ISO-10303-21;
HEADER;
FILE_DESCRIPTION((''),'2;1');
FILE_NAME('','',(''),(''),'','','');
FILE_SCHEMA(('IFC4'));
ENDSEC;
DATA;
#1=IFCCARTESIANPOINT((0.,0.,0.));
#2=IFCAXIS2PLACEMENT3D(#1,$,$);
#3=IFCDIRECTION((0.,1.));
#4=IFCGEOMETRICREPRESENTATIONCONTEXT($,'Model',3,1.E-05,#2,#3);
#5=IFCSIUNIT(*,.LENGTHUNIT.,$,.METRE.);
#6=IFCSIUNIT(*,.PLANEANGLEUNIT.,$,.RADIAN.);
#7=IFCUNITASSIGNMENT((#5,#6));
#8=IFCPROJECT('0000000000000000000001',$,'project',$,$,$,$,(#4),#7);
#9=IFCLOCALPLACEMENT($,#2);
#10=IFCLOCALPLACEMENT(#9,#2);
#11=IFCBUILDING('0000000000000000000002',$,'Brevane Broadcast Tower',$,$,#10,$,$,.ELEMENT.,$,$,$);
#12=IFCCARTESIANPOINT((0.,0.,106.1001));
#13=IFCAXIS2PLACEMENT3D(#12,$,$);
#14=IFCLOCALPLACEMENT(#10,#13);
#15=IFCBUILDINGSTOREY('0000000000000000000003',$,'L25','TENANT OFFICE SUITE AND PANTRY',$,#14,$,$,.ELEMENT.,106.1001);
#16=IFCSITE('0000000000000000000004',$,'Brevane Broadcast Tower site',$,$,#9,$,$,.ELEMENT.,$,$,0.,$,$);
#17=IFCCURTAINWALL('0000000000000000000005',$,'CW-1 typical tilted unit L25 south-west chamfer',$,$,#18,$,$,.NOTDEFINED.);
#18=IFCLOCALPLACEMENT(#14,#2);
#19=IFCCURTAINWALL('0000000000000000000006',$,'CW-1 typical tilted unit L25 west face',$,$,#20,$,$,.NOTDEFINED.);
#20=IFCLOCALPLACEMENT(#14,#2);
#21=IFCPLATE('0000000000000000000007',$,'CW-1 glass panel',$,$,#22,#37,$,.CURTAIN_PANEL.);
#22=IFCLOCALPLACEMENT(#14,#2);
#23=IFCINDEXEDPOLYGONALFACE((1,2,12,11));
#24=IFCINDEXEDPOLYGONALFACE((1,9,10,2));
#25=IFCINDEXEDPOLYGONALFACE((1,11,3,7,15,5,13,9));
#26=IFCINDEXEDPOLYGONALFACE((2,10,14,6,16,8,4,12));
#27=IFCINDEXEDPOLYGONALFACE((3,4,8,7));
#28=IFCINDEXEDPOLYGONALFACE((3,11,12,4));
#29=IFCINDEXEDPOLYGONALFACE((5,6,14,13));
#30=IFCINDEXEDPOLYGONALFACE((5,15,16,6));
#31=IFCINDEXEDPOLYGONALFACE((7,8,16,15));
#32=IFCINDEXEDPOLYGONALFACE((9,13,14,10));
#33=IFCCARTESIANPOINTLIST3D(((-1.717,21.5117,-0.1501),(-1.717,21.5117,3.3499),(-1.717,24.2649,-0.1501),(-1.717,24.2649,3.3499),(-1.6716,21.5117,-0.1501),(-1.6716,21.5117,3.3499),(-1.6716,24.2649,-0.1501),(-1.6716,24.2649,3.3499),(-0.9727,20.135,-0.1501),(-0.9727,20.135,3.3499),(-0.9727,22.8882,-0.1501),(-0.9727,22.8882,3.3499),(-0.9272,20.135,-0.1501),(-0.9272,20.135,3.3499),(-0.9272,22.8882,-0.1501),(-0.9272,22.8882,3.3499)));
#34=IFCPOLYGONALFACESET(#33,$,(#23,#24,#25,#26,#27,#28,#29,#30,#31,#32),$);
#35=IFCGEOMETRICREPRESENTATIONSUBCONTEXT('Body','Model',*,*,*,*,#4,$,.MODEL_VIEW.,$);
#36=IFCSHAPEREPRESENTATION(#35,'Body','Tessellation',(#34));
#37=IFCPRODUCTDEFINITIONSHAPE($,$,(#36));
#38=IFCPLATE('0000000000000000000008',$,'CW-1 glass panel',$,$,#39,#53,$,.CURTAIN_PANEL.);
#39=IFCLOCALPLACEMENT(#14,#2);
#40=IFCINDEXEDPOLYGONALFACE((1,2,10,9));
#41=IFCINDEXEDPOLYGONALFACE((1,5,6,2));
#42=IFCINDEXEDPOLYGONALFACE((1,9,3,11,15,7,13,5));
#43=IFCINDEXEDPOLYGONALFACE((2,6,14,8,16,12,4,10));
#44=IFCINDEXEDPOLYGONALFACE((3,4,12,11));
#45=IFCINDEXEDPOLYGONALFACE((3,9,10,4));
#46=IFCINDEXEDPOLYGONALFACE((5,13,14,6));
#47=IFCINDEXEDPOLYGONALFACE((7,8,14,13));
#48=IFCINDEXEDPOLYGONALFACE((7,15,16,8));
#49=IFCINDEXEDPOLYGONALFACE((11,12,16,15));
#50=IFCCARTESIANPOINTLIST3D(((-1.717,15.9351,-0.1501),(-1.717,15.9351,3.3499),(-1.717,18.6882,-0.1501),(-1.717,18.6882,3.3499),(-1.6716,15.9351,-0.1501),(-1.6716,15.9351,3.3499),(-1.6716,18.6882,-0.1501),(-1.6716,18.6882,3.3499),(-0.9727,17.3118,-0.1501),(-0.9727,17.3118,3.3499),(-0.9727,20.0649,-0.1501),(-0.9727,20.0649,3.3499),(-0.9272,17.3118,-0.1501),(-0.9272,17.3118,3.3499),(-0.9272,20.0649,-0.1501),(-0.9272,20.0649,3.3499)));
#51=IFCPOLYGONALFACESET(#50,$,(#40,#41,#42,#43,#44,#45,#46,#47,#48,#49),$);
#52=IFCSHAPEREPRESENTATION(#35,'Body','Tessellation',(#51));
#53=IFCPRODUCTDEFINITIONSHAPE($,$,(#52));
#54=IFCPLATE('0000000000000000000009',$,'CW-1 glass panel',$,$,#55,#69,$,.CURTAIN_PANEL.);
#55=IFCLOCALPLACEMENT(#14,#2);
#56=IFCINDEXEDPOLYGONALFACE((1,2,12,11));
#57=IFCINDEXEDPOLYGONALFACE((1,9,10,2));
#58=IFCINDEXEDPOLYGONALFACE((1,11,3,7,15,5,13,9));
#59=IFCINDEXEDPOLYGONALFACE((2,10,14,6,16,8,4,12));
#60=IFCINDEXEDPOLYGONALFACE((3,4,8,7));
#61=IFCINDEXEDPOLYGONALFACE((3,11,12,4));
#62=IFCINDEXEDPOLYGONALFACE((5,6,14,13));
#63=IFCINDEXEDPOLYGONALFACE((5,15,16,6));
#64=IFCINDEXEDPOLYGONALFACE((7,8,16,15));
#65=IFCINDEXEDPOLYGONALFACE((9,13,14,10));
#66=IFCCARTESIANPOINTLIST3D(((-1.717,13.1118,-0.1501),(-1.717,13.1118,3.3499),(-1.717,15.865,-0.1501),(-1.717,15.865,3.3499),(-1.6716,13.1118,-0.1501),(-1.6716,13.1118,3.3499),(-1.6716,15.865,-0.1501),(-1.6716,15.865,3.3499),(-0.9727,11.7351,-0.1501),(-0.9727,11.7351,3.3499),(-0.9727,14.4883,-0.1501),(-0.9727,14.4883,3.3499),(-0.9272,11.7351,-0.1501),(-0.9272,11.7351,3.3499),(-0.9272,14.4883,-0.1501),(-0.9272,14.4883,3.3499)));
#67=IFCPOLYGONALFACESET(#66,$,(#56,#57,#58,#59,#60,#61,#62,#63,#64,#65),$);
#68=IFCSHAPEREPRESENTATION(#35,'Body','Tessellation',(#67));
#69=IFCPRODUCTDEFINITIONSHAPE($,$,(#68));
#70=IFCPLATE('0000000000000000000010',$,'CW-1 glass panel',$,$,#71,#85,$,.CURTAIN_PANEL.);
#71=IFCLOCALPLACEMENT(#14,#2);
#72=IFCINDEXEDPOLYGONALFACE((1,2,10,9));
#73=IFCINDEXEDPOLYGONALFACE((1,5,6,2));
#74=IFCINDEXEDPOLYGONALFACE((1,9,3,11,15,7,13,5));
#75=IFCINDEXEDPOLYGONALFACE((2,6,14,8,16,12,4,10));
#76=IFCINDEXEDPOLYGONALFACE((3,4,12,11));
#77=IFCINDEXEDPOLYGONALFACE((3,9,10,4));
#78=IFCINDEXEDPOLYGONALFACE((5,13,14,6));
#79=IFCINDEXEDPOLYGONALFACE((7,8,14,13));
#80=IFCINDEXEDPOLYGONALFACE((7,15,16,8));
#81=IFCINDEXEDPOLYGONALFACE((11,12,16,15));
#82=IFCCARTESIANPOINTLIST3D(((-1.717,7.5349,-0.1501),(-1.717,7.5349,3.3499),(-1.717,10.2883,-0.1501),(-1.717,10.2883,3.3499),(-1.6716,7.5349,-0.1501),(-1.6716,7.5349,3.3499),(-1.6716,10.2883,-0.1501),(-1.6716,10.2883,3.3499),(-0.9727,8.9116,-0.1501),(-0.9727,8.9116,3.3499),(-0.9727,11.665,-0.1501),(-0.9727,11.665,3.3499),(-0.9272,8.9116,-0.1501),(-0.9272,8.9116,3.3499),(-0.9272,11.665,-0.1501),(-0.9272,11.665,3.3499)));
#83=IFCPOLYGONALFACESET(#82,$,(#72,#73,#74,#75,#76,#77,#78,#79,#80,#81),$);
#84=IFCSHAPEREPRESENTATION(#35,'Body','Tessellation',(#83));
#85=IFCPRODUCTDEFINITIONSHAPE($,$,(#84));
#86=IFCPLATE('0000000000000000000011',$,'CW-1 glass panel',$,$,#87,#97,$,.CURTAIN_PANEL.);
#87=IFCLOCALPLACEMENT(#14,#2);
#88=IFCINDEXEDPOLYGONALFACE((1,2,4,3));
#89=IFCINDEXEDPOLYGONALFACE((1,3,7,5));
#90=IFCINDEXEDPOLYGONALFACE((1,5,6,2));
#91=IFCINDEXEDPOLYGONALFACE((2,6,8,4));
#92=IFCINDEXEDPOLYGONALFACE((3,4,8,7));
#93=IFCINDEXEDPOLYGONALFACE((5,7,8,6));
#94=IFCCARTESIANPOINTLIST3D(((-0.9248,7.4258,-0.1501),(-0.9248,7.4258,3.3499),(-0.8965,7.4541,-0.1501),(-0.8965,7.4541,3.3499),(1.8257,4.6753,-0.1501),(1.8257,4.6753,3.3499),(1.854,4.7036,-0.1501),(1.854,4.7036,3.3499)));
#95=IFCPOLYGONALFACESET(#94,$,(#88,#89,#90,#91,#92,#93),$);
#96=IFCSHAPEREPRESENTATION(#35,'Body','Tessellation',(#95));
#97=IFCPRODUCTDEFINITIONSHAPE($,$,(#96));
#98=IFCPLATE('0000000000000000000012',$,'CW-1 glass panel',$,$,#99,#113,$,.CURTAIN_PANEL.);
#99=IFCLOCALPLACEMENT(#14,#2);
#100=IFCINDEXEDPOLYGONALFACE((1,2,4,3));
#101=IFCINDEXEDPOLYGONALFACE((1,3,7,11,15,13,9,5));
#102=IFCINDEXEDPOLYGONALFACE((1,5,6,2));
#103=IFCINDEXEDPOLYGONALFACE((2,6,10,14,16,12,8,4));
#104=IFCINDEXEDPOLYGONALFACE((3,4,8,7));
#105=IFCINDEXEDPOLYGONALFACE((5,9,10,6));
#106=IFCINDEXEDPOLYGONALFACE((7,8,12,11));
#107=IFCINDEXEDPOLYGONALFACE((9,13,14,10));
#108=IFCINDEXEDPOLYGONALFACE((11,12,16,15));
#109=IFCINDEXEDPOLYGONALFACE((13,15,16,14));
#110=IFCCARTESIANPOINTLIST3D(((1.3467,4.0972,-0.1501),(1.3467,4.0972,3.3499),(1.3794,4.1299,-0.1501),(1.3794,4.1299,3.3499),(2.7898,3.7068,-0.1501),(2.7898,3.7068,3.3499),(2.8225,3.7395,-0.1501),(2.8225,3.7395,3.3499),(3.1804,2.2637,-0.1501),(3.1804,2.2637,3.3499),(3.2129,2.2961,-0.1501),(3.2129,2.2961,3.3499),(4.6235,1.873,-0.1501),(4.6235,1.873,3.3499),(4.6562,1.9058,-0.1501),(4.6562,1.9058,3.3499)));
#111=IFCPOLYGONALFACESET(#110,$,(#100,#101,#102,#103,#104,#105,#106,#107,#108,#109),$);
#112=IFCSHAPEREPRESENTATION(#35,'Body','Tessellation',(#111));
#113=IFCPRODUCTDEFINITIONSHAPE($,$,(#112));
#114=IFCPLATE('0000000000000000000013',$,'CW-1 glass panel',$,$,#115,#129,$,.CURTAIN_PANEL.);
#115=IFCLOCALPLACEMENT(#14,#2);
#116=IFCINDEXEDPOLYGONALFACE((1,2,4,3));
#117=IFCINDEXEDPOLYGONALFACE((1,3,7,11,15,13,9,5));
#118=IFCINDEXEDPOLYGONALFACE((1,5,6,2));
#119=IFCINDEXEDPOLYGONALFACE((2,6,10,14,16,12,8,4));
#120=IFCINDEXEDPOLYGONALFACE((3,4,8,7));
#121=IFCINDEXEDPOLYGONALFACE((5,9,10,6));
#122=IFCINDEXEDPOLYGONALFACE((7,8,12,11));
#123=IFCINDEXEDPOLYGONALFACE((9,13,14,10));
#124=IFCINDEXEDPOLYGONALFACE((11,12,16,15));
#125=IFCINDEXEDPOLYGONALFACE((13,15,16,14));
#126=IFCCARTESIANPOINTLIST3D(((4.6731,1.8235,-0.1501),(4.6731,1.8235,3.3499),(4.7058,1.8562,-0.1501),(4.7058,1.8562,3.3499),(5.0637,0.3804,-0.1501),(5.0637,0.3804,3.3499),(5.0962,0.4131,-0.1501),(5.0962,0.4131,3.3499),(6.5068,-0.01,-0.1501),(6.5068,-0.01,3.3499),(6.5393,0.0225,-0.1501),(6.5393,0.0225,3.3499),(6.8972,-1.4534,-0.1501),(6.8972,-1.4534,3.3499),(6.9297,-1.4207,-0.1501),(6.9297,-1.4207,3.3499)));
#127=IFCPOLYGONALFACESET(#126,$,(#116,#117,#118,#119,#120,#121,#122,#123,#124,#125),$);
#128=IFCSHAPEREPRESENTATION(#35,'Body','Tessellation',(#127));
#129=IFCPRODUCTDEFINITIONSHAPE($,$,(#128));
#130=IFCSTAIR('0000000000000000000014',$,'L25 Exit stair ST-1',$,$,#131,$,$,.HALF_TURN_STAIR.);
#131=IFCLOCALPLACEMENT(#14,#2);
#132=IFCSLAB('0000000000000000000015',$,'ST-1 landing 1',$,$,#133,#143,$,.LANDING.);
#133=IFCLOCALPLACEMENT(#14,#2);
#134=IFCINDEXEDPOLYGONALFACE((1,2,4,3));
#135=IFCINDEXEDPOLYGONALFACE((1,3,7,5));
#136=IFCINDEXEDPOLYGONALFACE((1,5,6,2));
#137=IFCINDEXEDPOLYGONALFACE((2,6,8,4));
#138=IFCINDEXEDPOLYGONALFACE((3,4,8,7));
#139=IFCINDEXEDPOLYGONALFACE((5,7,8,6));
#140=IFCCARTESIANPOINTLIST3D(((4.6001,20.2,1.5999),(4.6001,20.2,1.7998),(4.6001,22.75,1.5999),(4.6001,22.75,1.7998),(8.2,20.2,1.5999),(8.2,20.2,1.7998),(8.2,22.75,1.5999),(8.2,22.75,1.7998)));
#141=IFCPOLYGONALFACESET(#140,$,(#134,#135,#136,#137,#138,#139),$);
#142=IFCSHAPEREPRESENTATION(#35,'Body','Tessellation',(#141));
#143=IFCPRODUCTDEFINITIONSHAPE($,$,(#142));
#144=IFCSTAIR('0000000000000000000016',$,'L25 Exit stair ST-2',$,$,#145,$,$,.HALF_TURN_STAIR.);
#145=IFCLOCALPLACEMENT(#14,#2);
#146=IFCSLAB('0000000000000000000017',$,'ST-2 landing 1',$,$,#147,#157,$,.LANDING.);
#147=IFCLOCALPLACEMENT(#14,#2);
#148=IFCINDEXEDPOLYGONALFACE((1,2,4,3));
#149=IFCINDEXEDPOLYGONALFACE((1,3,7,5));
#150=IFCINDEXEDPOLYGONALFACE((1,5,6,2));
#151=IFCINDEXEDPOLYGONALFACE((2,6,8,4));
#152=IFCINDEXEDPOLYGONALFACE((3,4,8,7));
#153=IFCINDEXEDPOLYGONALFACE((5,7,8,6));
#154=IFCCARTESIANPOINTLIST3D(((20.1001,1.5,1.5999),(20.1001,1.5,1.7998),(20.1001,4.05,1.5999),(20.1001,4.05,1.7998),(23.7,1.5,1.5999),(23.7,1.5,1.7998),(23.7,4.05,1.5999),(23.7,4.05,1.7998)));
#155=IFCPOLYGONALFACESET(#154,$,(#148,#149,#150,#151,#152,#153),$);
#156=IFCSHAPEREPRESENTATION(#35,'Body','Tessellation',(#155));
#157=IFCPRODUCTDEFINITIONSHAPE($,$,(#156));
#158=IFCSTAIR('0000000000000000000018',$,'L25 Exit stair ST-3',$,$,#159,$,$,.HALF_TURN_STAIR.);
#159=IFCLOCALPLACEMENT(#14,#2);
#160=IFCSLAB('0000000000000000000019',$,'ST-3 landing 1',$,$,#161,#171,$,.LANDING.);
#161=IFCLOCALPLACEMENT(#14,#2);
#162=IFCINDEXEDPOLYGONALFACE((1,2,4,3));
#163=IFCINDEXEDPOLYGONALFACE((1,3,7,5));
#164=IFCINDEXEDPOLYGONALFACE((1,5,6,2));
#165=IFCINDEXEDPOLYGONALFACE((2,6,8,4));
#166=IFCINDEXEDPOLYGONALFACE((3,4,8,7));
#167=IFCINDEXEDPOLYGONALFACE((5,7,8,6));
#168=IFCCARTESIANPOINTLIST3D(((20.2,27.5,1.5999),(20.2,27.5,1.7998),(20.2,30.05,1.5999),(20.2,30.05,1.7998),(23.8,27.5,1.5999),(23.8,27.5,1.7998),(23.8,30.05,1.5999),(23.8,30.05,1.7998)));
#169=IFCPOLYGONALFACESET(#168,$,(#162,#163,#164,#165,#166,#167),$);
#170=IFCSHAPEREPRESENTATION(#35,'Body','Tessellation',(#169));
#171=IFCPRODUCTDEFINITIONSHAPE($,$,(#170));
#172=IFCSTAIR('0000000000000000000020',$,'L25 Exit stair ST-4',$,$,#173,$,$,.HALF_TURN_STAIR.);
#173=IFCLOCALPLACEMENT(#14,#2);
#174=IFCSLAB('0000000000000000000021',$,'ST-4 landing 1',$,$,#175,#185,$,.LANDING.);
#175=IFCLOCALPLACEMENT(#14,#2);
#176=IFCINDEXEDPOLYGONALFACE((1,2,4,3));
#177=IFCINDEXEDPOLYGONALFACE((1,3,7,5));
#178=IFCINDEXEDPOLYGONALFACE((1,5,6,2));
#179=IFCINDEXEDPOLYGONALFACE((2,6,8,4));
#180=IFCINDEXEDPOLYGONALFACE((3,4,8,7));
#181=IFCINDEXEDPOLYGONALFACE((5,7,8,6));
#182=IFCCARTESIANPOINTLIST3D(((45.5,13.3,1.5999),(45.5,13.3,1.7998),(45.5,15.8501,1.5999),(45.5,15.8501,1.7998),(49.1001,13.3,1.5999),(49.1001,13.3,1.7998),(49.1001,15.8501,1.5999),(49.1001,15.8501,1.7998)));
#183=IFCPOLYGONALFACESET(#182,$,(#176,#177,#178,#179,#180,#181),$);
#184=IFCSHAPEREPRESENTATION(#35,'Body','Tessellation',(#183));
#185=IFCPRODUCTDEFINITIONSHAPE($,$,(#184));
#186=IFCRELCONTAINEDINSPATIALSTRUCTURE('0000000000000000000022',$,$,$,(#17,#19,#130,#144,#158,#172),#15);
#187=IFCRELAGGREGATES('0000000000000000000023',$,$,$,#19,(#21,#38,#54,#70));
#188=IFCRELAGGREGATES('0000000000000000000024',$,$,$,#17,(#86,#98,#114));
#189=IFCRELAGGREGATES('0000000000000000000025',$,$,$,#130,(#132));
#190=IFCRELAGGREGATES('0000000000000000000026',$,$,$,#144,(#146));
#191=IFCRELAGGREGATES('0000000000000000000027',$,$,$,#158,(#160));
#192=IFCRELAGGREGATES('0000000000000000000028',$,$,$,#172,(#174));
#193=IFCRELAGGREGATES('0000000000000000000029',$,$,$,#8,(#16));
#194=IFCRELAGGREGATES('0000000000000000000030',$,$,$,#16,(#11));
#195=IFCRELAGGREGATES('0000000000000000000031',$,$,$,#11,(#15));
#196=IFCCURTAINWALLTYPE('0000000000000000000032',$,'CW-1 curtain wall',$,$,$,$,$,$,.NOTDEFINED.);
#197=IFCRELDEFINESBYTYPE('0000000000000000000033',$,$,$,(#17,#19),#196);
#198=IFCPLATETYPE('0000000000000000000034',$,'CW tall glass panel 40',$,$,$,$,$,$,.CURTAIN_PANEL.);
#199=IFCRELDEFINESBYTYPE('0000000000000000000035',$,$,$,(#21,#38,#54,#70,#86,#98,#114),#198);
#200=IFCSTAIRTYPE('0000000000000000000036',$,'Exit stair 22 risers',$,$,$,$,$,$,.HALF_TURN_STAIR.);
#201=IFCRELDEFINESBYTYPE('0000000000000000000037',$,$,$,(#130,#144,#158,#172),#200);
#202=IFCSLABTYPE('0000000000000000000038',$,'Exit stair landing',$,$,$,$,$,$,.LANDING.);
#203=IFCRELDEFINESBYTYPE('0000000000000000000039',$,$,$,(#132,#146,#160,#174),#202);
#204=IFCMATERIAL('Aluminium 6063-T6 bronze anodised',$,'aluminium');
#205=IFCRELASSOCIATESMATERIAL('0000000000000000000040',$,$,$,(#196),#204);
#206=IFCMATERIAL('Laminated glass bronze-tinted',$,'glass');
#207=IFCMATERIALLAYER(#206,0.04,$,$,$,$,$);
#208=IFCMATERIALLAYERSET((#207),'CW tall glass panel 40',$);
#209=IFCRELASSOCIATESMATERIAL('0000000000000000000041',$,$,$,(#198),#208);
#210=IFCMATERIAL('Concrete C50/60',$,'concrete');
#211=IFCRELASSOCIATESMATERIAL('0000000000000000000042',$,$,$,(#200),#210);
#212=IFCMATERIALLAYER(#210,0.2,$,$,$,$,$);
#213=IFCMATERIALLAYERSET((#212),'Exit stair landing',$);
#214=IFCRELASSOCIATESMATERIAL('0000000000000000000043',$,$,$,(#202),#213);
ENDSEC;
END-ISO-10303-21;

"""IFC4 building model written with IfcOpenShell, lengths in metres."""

from ifc_helpers import new_model, si_unit, direction, frame, origin, place, context, subcontext, project, spatial, polyline, outline, extrude, material, layer, layer_set, type_object, element, aggregate, save


model = new_model("IFC4")

# Units and contexts
model_context = context("Model", 3, precision=1e-05, world=origin(), true_north=direction((0.0, 1.0)))
body_context = subcontext(model_context, "Body", "Model", "MODEL_VIEW")
ifc_project = project(units=[si_unit("LENGTHUNIT", "METRE"), si_unit("PLANEANGLEUNIT", "RADIAN")], contexts=[model_context])

# Site, building, storey
site_placement = place(None, origin())
site = spatial("IfcSite", under=ifc_project, at=site_placement, Name="Brevane Broadcast Tower site", CompositionType="ELEMENT", RefElevation=0.0)
building_placement = place(site_placement, origin())
building = spatial("IfcBuilding", under=site, at=building_placement, Name="Brevane Broadcast Tower", CompositionType="ELEMENT")
storey_placement = place(building_placement, frame((0.0, 0.0, 106.1001)))
storey = spatial("IfcBuildingStorey", under=building, at=storey_placement, Name="L25", Description="TENANT OFFICE SUITE AND PANTRY", CompositionType="ELEMENT", Elevation=106.1001)

# Curtain wall
ifc_material_1 = material(Name="Aluminium 6063-T6 bronze anodised", Category="aluminium")
curtain_wall_type = type_object("IfcCurtainWallType", Name="CW-1 curtain wall", PredefinedType="NOTDEFINED", material=ifc_material_1)
curtain_wall_1_placement = place(storey_placement, origin())
curtain_wall_1 = element("IfcCurtainWall", 1, at=curtain_wall_1_placement, inside=storey, type_object=curtain_wall_type, Name="CW-1 typical tilted unit L25 south-west chamfer", PredefinedType="NOTDEFINED")

# Curtain wall, plates
curtain_wall_2_placement = place(storey_placement, origin())
curtain_wall_2 = element("IfcCurtainWall", 2, at=curtain_wall_2_placement, inside=storey, type_object=curtain_wall_type, Name="CW-1 typical tilted unit L25 west face", PredefinedType="NOTDEFINED")
ifc_material_2 = material(Name="Laminated glass bronze-tinted", Category="glass")
ifc_layer_1 = layer(ifc_material_2, 0.04)
ifc_layer_set_1 = layer_set([ifc_layer_1], Name="CW tall glass panel 40")
plate_type = type_object("IfcPlateType", Name="CW tall glass panel 40", PredefinedType="CURTAIN_PANEL", material=ifc_layer_set_1)
plate_1_placement = place(storey_placement, frame((0.0, 0.0, -0.1501)))
plate_1 = element("IfcPlate", 3, at=plate_1_placement, type_object=plate_type, Name="CW-1 glass panel", PredefinedType="CURTAIN_PANEL", context=body_context, shape_type="SweptSolid", body=[
    extrude(outline(polyline([(-1.6716, 24.2649), (-1.717, 24.2649), (-0.9727, 22.8882), (-1.717, 21.5117), (-0.9727, 20.135), (-0.9272, 20.135), (-1.6716, 21.5117), (-0.9272, 22.8882), (-1.6716, 24.2649)])), origin(), (0.0, 0.0, 1.0), 3.5),
])
plate_2_placement = place(storey_placement, frame((0.0, 0.0, -0.1501)))
plate_2 = element("IfcPlate", 4, at=plate_2_placement, type_object=plate_type, Name="CW-1 glass panel", PredefinedType="CURTAIN_PANEL", context=body_context, shape_type="SweptSolid", body=[
    extrude(outline(polyline([(-0.9272, 20.0649), (-0.9727, 20.0649), (-1.717, 18.6882), (-0.9727, 17.3118), (-1.717, 15.9351), (-1.6716, 15.9351), (-0.9272, 17.3118), (-1.6716, 18.6882), (-0.9272, 20.0649)])), origin(), (0.0, 0.0, 1.0), 3.5),
])
plate_3_placement = place(storey_placement, frame((0.0, 0.0, -0.1501)))
plate_3 = element("IfcPlate", 5, at=plate_3_placement, type_object=plate_type, Name="CW-1 glass panel", PredefinedType="CURTAIN_PANEL", context=body_context, shape_type="SweptSolid", body=[
    extrude(outline(polyline([(-1.6716, 15.865), (-1.717, 15.865), (-0.9727, 14.4883), (-1.717, 13.1118), (-0.9727, 11.7351), (-0.9272, 11.7351), (-1.6716, 13.1118), (-0.9272, 14.4883), (-1.6716, 15.865)])), origin(), (0.0, 0.0, 1.0), 3.5),
])
plate_4_placement = place(storey_placement, frame((0.0, 0.0, -0.1501)))
plate_4 = element("IfcPlate", 6, at=plate_4_placement, type_object=plate_type, Name="CW-1 glass panel", PredefinedType="CURTAIN_PANEL", context=body_context, shape_type="SweptSolid", body=[
    extrude(outline(polyline([(-0.9272, 11.665), (-0.9727, 11.665), (-1.717, 10.2883), (-0.9727, 8.9116), (-1.717, 7.5349), (-1.6716, 7.5349), (-0.9272, 8.9116), (-1.6716, 10.2883), (-0.9272, 11.665)])), origin(), (0.0, 0.0, 1.0), 3.5),
])
aggregate(curtain_wall_2, [plate_1, plate_2, plate_3, plate_4])

# Plates
plate_5_placement = place(storey_placement, frame((0.0, 0.0, -0.1501)))
plate_5 = element("IfcPlate", 7, at=plate_5_placement, type_object=plate_type, Name="CW-1 glass panel", PredefinedType="CURTAIN_PANEL", context=body_context, shape_type="SweptSolid", body=[
    extrude(outline(polyline([(-0.8965, 7.4541), (1.854, 4.7036), (1.8257, 4.6753), (-0.9248, 7.4258), (-0.8965, 7.4541)])), origin(), (0.0, 0.0, 1.0), 3.5),
])
plate_6_placement = place(storey_placement, frame((0.0, 0.0, -0.1501)))
plate_6 = element("IfcPlate", 8, at=plate_6_placement, type_object=plate_type, Name="CW-1 glass panel", PredefinedType="CURTAIN_PANEL", context=body_context, shape_type="SweptSolid", body=[
    extrude(outline(polyline([(1.3794, 4.1299), (1.3467, 4.0972), (2.7898, 3.7068), (3.1804, 2.2637), (4.6235, 1.873), (4.6562, 1.9058), (3.2129, 2.2961), (2.8225, 3.7395), (1.3794, 4.1299)])), origin(), (0.0, 0.0, 1.0), 3.5),
])
plate_7_placement = place(storey_placement, frame((0.0, 0.0, -0.1501)))
plate_7 = element("IfcPlate", 9, at=plate_7_placement, type_object=plate_type, Name="CW-1 glass panel", PredefinedType="CURTAIN_PANEL", context=body_context, shape_type="SweptSolid", body=[
    extrude(outline(polyline([(4.7058, 1.8562), (4.6731, 1.8235), (5.0637, 0.3804), (6.5068, -0.01), (6.8972, -1.4534), (6.9297, -1.4207), (6.5393, 0.0225), (5.0962, 0.4131), (4.7058, 1.8562)])), origin(), (0.0, 0.0, 1.0), 3.5),
])
aggregate(curtain_wall_1, [plate_5, plate_6, plate_7])

# Stairs, slabs
ifc_material_3 = material(Name="Concrete C50/60", Category="concrete")
stair_type = type_object("IfcStairType", Name="Exit stair 22 risers", PredefinedType="HALF_TURN_STAIR", material=ifc_material_3)
stair_1_placement = place(storey_placement, origin())
stair_1 = element("IfcStair", 10, at=stair_1_placement, inside=storey, type_object=stair_type, Name="L25 Exit stair ST-1", PredefinedType="HALF_TURN_STAIR")
ifc_layer_2 = layer(ifc_material_3, 0.2)
ifc_layer_set_2 = layer_set([ifc_layer_2], Name="Exit stair landing")
slab_type_1 = type_object("IfcSlabType", Name="Exit stair landing", PredefinedType="LANDING", material=ifc_layer_set_2)
slab_1_placement = place(storey_placement, frame((0.0, 0.0, 1.5999)))
slab_1 = element("IfcSlab", 11, at=slab_1_placement, type_object=slab_type_1, Name="ST-1 landing 1", PredefinedType="LANDING", context=body_context, shape_type="SweptSolid", body=[
    extrude(outline(polyline([(4.6001, 20.2), (8.2, 20.2), (8.2, 22.75), (4.6001, 22.75), (4.6001, 20.2)])), origin(), (0.0, 0.0, 1.0), 0.2),
])
aggregate(stair_1, [slab_1])
stair_2_placement = place(storey_placement, origin())
stair_2 = element("IfcStair", 12, at=stair_2_placement, inside=storey, type_object=stair_type, Name="L25 Exit stair ST-2", PredefinedType="HALF_TURN_STAIR")
slab_2_placement = place(storey_placement, frame((0.0, 0.0, 1.5999)))
slab_2 = element("IfcSlab", 13, at=slab_2_placement, type_object=slab_type_1, Name="ST-2 landing 1", PredefinedType="LANDING", context=body_context, shape_type="SweptSolid", body=[
    extrude(outline(polyline([(20.1001, 1.5), (23.7, 1.5), (23.7, 4.05), (20.1001, 4.05), (20.1001, 1.5)])), origin(), (0.0, 0.0, 1.0), 0.2),
])
aggregate(stair_2, [slab_2])
stair_3_placement = place(storey_placement, origin())
stair_3 = element("IfcStair", 14, at=stair_3_placement, inside=storey, type_object=stair_type, Name="L25 Exit stair ST-3", PredefinedType="HALF_TURN_STAIR")
slab_3_placement = place(storey_placement, frame((0.0, 0.0, 1.5999)))
slab_3 = element("IfcSlab", 15, at=slab_3_placement, type_object=slab_type_1, Name="ST-3 landing 1", PredefinedType="LANDING", context=body_context, shape_type="SweptSolid", body=[
    extrude(outline(polyline([(20.2, 27.5), (23.8, 27.5), (23.8, 30.05), (20.2, 30.05), (20.2, 27.5)])), origin(), (0.0, 0.0, 1.0), 0.2),
])
aggregate(stair_3, [slab_3])
stair_4_placement = place(storey_placement, origin())
stair_4 = element("IfcStair", 16, at=stair_4_placement, inside=storey, type_object=stair_type, Name="L25 Exit stair ST-4", PredefinedType="HALF_TURN_STAIR")
slab_4_placement = place(storey_placement, frame((0.0, 0.0, 1.5999)))
slab_4 = element("IfcSlab", 17, at=slab_4_placement, type_object=slab_type_1, Name="ST-4 landing 1", PredefinedType="LANDING", context=body_context, shape_type="SweptSolid", body=[
    extrude(outline(polyline([(45.5, 13.3), (49.1001, 13.3), (49.1001, 15.8501), (45.5, 15.8501), (45.5, 13.3)])), origin(), (0.0, 0.0, 1.0), 0.2),
])
aggregate(stair_4, [slab_4])

save(model, "model.ifc")
